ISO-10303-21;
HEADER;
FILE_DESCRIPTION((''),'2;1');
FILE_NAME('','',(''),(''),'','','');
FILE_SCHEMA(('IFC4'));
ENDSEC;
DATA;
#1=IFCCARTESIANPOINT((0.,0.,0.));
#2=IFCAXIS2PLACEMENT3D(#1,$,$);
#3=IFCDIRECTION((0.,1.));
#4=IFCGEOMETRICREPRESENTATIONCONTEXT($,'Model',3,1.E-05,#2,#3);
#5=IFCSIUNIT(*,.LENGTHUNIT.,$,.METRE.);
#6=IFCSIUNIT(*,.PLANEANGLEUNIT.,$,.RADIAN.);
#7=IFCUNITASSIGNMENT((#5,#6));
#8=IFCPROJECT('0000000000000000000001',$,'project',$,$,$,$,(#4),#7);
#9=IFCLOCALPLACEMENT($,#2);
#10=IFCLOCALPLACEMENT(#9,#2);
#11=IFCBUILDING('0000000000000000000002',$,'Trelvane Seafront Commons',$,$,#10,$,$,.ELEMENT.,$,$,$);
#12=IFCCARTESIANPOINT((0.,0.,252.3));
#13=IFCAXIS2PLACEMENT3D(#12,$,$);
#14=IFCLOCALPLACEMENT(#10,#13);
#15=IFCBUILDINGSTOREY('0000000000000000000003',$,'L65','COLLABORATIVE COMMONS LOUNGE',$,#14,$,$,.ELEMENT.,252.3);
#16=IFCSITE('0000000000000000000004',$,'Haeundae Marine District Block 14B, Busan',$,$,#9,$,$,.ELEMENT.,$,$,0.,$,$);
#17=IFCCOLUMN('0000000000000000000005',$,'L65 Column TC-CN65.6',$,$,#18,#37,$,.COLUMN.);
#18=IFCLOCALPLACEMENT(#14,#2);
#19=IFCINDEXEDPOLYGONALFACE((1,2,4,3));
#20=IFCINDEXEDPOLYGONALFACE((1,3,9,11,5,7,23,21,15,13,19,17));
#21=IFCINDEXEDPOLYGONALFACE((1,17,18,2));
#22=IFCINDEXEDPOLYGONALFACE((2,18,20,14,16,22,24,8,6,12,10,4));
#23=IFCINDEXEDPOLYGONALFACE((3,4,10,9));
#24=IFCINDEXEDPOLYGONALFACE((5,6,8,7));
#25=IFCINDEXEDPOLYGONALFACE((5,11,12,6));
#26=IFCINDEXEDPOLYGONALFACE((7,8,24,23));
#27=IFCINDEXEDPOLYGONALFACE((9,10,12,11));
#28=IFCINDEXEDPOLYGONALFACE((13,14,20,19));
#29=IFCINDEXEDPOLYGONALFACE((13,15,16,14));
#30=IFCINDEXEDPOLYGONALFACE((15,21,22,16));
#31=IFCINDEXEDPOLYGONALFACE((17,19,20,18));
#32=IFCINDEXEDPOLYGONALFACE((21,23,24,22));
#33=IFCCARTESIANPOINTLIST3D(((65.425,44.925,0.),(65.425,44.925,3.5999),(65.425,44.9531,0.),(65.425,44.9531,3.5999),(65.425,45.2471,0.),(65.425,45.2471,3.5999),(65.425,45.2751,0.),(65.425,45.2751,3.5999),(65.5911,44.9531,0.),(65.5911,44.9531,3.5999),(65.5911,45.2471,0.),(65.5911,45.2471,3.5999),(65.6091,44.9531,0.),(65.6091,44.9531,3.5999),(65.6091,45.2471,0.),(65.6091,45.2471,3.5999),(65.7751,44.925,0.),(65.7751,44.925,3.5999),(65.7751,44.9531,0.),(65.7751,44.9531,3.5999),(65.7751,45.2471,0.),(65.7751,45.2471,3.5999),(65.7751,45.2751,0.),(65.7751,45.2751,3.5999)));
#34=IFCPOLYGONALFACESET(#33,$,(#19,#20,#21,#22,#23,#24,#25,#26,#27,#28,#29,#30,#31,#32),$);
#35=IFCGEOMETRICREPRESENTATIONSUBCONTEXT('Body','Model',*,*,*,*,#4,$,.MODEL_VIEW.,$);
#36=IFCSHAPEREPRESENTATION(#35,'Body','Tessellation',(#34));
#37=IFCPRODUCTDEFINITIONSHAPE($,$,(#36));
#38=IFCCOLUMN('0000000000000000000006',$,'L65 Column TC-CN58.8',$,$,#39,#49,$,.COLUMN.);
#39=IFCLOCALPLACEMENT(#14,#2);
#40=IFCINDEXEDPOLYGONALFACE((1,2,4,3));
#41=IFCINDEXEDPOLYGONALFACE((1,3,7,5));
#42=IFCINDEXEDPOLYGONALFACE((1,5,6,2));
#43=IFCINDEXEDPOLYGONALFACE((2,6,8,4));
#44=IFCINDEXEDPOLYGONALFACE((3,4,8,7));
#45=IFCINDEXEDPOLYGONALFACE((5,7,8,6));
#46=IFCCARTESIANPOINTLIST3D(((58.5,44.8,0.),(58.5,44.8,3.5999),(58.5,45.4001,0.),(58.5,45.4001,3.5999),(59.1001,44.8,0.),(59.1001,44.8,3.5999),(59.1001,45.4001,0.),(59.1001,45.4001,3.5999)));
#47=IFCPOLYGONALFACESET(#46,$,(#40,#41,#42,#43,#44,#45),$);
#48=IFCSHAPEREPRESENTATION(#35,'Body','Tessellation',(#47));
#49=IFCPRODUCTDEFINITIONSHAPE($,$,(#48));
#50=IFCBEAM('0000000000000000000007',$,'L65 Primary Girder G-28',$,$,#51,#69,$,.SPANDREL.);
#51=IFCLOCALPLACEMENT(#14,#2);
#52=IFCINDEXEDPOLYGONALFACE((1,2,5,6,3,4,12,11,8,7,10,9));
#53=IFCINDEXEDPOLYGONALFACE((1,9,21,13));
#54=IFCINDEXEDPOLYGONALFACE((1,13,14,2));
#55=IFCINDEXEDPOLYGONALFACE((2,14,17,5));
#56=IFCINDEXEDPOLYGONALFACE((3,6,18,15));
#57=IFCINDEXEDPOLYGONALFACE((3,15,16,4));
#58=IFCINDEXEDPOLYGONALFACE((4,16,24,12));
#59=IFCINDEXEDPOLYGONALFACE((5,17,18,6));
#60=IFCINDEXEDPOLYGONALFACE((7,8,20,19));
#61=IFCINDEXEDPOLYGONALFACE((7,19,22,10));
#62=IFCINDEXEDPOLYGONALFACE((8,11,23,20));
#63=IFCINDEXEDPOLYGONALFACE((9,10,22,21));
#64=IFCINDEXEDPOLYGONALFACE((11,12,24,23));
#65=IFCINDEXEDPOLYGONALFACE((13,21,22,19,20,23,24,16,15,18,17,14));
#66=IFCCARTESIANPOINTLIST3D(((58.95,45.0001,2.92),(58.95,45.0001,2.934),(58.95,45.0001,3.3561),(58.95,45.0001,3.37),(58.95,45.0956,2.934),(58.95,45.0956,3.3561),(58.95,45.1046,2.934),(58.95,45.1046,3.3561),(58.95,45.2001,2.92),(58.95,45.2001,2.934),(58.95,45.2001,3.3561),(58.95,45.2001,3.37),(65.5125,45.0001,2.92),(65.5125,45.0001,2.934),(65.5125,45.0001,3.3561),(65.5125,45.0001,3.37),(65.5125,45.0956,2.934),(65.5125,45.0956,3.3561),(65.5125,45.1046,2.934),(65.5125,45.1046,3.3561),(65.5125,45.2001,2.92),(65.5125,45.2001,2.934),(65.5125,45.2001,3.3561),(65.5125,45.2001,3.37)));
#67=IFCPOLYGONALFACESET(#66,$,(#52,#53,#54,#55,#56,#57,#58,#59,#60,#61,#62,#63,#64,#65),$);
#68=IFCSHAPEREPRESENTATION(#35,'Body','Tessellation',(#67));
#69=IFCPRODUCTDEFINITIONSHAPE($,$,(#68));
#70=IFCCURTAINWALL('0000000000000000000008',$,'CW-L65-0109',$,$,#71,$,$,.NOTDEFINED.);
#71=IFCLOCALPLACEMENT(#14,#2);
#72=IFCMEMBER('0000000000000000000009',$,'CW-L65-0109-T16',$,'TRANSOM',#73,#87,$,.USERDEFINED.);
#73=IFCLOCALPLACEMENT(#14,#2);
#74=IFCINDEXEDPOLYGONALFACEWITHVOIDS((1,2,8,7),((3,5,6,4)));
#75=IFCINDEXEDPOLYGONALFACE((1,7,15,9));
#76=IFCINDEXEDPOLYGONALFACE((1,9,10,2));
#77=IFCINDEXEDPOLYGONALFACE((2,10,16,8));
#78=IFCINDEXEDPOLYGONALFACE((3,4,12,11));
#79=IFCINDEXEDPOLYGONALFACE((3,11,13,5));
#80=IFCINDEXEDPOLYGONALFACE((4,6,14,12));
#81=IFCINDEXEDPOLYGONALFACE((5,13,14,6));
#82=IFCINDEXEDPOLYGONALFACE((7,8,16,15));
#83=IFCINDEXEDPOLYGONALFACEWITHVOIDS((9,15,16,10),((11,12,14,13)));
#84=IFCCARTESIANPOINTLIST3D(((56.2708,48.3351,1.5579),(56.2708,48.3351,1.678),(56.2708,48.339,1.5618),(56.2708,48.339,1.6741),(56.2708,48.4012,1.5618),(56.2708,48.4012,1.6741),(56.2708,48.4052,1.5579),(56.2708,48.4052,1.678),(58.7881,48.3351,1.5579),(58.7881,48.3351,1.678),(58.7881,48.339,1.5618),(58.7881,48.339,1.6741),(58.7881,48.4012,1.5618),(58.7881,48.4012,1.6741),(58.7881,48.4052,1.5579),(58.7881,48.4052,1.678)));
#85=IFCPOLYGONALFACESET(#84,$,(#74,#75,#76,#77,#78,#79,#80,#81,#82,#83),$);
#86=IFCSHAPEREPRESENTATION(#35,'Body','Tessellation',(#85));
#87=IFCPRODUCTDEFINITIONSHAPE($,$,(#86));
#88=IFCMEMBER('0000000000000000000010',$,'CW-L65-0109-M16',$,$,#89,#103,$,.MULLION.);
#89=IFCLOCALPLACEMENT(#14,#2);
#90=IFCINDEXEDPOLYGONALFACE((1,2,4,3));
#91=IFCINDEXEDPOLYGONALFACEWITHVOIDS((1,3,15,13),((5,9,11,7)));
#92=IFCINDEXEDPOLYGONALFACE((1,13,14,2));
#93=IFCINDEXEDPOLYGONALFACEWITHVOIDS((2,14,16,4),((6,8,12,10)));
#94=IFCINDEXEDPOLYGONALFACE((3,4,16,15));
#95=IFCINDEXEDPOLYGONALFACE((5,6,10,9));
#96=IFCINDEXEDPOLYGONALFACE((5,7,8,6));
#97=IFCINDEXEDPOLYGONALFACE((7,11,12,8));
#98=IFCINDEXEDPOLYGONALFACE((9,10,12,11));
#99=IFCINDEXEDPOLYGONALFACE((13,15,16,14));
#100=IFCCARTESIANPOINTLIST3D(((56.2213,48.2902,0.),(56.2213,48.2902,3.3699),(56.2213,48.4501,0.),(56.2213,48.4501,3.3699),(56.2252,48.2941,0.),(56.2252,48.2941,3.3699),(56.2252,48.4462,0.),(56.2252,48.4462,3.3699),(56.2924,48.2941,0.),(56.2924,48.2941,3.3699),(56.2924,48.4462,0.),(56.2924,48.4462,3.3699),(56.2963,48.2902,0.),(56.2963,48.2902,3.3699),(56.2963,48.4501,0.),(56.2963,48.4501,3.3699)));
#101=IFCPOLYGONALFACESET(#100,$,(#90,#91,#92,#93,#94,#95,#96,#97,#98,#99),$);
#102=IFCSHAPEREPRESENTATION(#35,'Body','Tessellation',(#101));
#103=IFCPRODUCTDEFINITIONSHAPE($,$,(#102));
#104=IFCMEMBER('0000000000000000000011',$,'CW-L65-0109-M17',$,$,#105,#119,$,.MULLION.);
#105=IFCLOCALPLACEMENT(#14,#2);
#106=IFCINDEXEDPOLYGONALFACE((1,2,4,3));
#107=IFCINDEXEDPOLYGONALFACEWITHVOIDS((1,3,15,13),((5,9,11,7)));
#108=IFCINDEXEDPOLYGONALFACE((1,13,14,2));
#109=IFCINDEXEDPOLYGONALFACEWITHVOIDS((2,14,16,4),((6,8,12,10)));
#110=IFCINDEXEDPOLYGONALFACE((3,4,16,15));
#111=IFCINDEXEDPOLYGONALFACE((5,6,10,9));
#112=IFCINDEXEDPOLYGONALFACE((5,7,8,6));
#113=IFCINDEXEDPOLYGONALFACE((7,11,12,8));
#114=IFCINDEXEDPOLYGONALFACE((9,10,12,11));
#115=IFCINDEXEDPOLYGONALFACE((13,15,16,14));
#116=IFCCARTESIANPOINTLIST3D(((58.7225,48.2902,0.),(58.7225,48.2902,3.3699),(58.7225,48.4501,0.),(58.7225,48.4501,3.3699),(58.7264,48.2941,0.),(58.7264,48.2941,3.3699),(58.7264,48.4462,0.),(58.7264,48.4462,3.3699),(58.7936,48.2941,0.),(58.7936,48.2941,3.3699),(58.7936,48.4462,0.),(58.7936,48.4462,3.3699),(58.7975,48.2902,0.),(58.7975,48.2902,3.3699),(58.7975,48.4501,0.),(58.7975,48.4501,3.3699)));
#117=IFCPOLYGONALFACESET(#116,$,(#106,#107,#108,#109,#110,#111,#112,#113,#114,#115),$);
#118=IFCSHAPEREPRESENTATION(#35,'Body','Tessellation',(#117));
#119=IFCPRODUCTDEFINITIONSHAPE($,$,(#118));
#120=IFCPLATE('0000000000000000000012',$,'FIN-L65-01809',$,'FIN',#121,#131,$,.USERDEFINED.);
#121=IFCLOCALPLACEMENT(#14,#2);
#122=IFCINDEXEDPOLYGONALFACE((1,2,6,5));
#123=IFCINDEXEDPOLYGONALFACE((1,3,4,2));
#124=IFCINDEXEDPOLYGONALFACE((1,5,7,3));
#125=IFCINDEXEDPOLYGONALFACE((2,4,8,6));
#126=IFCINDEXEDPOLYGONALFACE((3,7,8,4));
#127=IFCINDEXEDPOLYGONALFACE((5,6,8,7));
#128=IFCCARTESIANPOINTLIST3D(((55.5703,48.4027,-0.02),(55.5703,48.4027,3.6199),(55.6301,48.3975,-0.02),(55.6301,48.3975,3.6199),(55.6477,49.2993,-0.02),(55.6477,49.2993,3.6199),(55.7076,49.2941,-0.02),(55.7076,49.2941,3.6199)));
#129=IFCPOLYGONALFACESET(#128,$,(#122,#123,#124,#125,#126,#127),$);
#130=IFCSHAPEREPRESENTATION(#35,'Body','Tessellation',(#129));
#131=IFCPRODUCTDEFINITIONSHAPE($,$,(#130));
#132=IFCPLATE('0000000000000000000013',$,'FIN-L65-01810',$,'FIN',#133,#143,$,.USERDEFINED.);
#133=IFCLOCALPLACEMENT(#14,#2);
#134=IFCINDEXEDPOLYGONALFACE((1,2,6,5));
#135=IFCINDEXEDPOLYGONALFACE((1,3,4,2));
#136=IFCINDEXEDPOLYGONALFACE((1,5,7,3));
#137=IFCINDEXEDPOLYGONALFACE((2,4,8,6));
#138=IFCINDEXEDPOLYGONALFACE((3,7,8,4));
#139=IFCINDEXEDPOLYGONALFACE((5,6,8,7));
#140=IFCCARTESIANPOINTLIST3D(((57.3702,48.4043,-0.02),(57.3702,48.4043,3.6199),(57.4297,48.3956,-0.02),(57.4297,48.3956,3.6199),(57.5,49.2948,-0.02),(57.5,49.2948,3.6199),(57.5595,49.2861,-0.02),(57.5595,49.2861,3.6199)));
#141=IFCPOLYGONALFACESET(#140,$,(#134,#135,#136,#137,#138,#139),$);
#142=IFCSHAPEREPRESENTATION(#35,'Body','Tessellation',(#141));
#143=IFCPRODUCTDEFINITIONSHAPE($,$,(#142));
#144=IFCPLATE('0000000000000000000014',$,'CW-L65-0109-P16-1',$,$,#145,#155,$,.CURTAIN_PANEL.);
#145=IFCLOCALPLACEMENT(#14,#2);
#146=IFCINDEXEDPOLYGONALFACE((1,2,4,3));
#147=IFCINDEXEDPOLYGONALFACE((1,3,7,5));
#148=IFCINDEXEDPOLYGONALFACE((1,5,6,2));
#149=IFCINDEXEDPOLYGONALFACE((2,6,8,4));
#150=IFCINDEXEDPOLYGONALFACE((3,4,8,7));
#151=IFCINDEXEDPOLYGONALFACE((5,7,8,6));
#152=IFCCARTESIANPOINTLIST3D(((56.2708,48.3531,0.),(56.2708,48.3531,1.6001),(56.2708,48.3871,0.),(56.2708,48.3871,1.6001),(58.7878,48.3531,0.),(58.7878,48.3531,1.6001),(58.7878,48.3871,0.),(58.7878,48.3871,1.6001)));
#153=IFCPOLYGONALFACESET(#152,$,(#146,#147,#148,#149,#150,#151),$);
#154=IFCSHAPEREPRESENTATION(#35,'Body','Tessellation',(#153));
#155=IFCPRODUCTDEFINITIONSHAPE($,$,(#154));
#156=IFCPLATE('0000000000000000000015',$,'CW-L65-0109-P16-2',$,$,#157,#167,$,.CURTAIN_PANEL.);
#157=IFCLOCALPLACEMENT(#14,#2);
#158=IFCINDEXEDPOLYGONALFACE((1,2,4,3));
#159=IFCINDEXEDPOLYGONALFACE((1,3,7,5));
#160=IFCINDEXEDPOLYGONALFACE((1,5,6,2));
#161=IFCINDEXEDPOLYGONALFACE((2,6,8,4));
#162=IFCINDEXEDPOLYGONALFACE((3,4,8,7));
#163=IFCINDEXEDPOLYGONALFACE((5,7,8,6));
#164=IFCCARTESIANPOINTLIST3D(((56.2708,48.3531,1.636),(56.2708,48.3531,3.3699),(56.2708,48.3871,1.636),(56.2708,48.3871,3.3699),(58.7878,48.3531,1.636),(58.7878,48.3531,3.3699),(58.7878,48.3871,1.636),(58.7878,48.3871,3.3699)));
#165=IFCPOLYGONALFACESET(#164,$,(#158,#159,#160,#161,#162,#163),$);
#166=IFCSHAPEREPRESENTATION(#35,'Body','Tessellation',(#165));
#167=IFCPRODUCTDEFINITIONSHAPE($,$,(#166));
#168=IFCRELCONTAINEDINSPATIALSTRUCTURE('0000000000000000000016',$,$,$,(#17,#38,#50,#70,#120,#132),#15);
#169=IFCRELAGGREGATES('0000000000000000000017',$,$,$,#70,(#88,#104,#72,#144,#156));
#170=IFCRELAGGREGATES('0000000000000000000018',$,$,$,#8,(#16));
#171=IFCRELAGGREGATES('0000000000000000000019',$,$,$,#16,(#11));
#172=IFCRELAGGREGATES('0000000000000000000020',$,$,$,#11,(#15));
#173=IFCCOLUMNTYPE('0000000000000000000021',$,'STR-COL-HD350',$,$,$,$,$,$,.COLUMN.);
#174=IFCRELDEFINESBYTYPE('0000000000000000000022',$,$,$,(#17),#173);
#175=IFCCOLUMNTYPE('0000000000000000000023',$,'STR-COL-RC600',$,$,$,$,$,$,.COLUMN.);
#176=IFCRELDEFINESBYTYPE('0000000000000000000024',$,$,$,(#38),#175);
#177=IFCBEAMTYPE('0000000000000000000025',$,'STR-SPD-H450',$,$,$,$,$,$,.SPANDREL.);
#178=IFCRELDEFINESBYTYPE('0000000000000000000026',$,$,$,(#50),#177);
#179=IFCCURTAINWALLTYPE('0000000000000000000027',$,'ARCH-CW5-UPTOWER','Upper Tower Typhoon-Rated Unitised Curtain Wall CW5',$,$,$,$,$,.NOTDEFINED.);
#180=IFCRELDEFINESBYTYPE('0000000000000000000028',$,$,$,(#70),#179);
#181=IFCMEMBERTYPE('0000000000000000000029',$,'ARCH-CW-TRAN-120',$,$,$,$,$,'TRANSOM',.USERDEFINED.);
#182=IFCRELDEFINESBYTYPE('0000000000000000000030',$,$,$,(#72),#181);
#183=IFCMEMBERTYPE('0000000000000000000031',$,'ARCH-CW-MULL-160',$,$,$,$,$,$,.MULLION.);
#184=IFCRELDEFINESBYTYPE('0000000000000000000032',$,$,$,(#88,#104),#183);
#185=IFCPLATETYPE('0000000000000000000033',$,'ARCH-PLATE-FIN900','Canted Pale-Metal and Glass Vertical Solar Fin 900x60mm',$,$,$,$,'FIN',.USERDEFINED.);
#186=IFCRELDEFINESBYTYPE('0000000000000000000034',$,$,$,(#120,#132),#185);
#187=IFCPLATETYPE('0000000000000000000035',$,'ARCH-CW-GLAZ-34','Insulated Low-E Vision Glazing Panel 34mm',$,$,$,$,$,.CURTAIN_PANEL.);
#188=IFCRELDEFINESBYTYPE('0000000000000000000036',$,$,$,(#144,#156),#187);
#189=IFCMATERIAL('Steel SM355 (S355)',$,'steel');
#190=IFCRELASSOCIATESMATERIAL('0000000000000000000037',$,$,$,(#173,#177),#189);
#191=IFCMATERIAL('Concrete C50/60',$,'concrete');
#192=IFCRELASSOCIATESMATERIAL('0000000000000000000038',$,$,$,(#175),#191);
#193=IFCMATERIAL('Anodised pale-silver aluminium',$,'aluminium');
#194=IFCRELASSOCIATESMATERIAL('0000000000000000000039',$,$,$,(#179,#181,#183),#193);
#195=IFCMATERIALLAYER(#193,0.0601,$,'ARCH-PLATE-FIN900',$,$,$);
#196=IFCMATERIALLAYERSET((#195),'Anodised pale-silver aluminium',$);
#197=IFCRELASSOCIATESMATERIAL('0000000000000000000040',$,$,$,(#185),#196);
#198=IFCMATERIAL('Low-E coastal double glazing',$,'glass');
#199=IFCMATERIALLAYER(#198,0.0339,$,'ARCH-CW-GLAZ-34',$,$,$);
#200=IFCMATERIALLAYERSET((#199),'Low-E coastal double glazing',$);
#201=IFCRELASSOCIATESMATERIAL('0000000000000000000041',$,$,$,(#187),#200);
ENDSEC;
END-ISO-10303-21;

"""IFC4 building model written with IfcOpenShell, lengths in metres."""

from ifc_helpers import new_model, si_unit, direction, frame, origin, origin_2d, place, context, subcontext, project, spatial, rectangle, hollow_rectangle, i_section, extrude, source, transform, mapped, material, layer, layer_set, material_profile, profile_set, type_object, element, aggregate, save


model = new_model("IFC4")

# Units and contexts
model_context = context("Model", 3, precision=1e-05, world=origin(), true_north=direction((0.0, 1.0)))
body_context = subcontext(model_context, "Body", "Model", "MODEL_VIEW")
ifc_project = project(units=[si_unit("LENGTHUNIT", "METRE"), si_unit("PLANEANGLEUNIT", "RADIAN")], contexts=[model_context])

# Site, building, storey
site_placement = place(None, origin())
site = spatial("IfcSite", under=ifc_project, at=site_placement, Name="Haeundae Marine District Block 14B, Busan", CompositionType="ELEMENT", RefElevation=0.0)
building_placement = place(site_placement, origin())
building = spatial("IfcBuilding", under=site, at=building_placement, Name="Trelvane Seafront Commons", CompositionType="ELEMENT")
storey_placement = place(building_placement, frame((0.0, 0.0, 252.3)))
storey = spatial("IfcBuildingStorey", under=building, at=storey_placement, Name="L65", Description="COLLABORATIVE COMMONS LOUNGE", CompositionType="ELEMENT", Elevation=252.3)

# Columns
ifc_material_1 = material(Name="Steel SM355 (S355)", Category="steel")
ifc_material_profile_1 = material_profile(ifc_material_1, i_section(OverallWidth=0.3501, OverallDepth=0.3501, WebThickness=0.0181, FlangeThickness=0.0281, at=origin_2d()), Name="HD-350x350x18x28")
ifc_profile_set_1 = profile_set([ifc_material_profile_1], Name="Steel SM355 (S355)")
column_type_1 = type_object("IfcColumnType", Name="STR-COL-HD350", PredefinedType="COLUMN", material=ifc_profile_set_1)
shared_shape_1 = source(origin(), body_context, "Body", "SweptSolid", [
    extrude(i_section(OverallWidth=0.3501, OverallDepth=0.3501, WebThickness=0.0181, FlangeThickness=0.0281, at=origin_2d()), origin(), (0.0, 0.0, 1.0), 3.5999),
])
column_1_placement = place(storey_placement, frame((65.6001, 45.1001, 0.0), z_axis=(0.0, 0.0, 1.0), x_axis=(1.0, 0.0, 0.0)))
element("IfcColumn", 1, at=column_1_placement, inside=storey, type_object=column_type_1, Name="L65 Column TC-CN65.6", PredefinedType="COLUMN", context=body_context, shape_type="MappedRepresentation", body=[
    mapped(shared_shape_1, transform((0.0, 0.0, 0.0), x_axis=(1.0, 0.0, 0.0), y_axis=(0.0, 1.0, 0.0), z_axis=(0.0, 0.0, 1.0), scale=1.0)),
])
ifc_material_2 = material(Name="Concrete C50/60", Category="concrete")
ifc_material_profile_2 = material_profile(ifc_material_2, rectangle(XDim=0.6001, YDim=0.6001, at=origin_2d()), Name="RC-600x600")
ifc_profile_set_2 = profile_set([ifc_material_profile_2], Name="Concrete C50/60")
column_type_2 = type_object("IfcColumnType", Name="STR-COL-RC600", PredefinedType="COLUMN", material=ifc_profile_set_2)
shared_shape_2 = source(origin(), body_context, "Body", "SweptSolid", [
    extrude(rectangle(XDim=0.6001, YDim=0.6001, at=origin_2d()), origin(), (0.0, 0.0, 1.0), 3.5999),
])
column_2_placement = place(storey_placement, frame((58.8, 45.1001, 0.0), z_axis=(0.0, 0.0, 1.0), x_axis=(1.0, 0.0, 0.0)))
element("IfcColumn", 2, at=column_2_placement, inside=storey, type_object=column_type_2, Name="L65 Column TC-CN58.8", PredefinedType="COLUMN", context=body_context, shape_type="MappedRepresentation", body=[
    mapped(shared_shape_2, transform((0.0, 0.0, 0.0), x_axis=(1.0, 0.0, 0.0), y_axis=(0.0, 1.0, 0.0), z_axis=(0.0, 0.0, 1.0), scale=1.0)),
])

# Beam
ifc_material_profile_3 = material_profile(ifc_material_1, i_section(OverallWidth=0.2, OverallDepth=0.45, WebThickness=0.009, FlangeThickness=0.0139, at=origin_2d()), Name="H-450x200x9x14")
ifc_profile_set_3 = profile_set([ifc_material_profile_3], Name="Steel SM355 (S355)")
beam_type = type_object("IfcBeamType", Name="STR-SPD-H450", PredefinedType="SPANDREL", material=ifc_profile_set_3)
shared_shape_3 = source(origin(), body_context, "Body", "SweptSolid", [
    extrude(i_section(OverallWidth=0.2, OverallDepth=0.45, WebThickness=0.009, FlangeThickness=0.0139, at=origin_2d()), origin(), (0.0, 0.0, 1.0), 6.5625),
])
beam_placement = place(storey_placement, frame((58.95, 45.1001, 3.145), z_axis=(1.0, 0.0, 0.0), x_axis=(0.0, 1.0, 0.0)))
element("IfcBeam", 3, at=beam_placement, inside=storey, type_object=beam_type, Name="L65 Primary Girder G-28", PredefinedType="SPANDREL", context=body_context, shape_type="MappedRepresentation", body=[
    mapped(shared_shape_3, transform((0.0, 0.0, 0.0), x_axis=(1.0, 0.0, 0.0), y_axis=(0.0, 1.0, 0.0), z_axis=(0.0, 0.0, 1.0), scale=1.0)),
])

# Curtain wall, members
ifc_material_3 = material(Name="Anodised pale-silver aluminium", Category="aluminium")
curtain_wall_type = type_object("IfcCurtainWallType", Name="ARCH-CW5-UPTOWER", Description="Upper Tower Typhoon-Rated Unitised Curtain Wall CW5", PredefinedType="NOTDEFINED", material=ifc_material_3)
curtain_wall_placement = place(storey_placement, origin())
curtain_wall = element("IfcCurtainWall", 4, at=curtain_wall_placement, inside=storey, type_object=curtain_wall_type, Name="CW-L65-0109", PredefinedType="NOTDEFINED")
ifc_material_profile_4 = material_profile(ifc_material_3, hollow_rectangle(XDim=0.0701, YDim=0.1201, WallThickness=0.0039, at=origin_2d()), Name="TRAN-70x120x4")
ifc_profile_set_4 = profile_set([ifc_material_profile_4], Name="Anodised pale-silver aluminium")
member_type_1 = type_object("IfcMemberType", Name="ARCH-CW-TRAN-120", ElementType="TRANSOM", PredefinedType="USERDEFINED", material=ifc_profile_set_4)
shared_shape_4 = source(origin(), body_context, "Body", "SweptSolid", [
    extrude(hollow_rectangle(XDim=0.0701, YDim=0.1201, WallThickness=0.0039, at=origin_2d()), origin(), (0.0, 0.0, 1.0), 2.5173),
])
member_1_placement = place(storey_placement, frame((56.2708, 48.3701, 1.6179), z_axis=(1.0, 0.0, 0.0), x_axis=(0.0, 1.0, 0.0)))
member_1 = element("IfcMember", 5, at=member_1_placement, type_object=member_type_1, Name="CW-L65-0109-T16", ObjectType="TRANSOM", PredefinedType="USERDEFINED", context=body_context, shape_type="MappedRepresentation", body=[
    mapped(shared_shape_4, transform((0.0, 0.0, 0.0), x_axis=(1.0, 0.0, 0.0), y_axis=(0.0, 1.0, 0.0), z_axis=(0.0, 0.0, 1.0), scale=1.0)),
])
ifc_material_profile_5 = material_profile(ifc_material_3, hollow_rectangle(XDim=0.075, YDim=0.1599, WallThickness=0.0039, at=origin_2d()), Name="MULL-75x160x4")
ifc_profile_set_5 = profile_set([ifc_material_profile_5], Name="Anodised pale-silver aluminium")
member_type_2 = type_object("IfcMemberType", Name="ARCH-CW-MULL-160", PredefinedType="MULLION", material=ifc_profile_set_5)
shared_shape_5 = source(origin(), body_context, "Body", "SweptSolid", [
    extrude(hollow_rectangle(XDim=0.075, YDim=0.1599, WallThickness=0.0039, at=origin_2d()), origin(), (0.0, 0.0, 1.0), 3.3699),
])
member_2_placement = place(storey_placement, frame((56.2588, 48.3701, 0.0), z_axis=(0.0, 0.0, 1.0), x_axis=(1.0, 0.0, 0.0)))
member_2 = element("IfcMember", 6, at=member_2_placement, type_object=member_type_2, Name="CW-L65-0109-M16", PredefinedType="MULLION", context=body_context, shape_type="MappedRepresentation", body=[
    mapped(shared_shape_5, transform((0.0, 0.0, 0.0), x_axis=(1.0, 0.0, 0.0), y_axis=(0.0, 1.0, 0.0), z_axis=(0.0, 0.0, 1.0), scale=1.0)),
])
member_3_placement = place(storey_placement, frame((58.76, 48.3701, 0.0), z_axis=(0.0, 0.0, 1.0), x_axis=(1.0, 0.0, 0.0)))
member_3 = element("IfcMember", 7, at=member_3_placement, type_object=member_type_2, Name="CW-L65-0109-M17", PredefinedType="MULLION", context=body_context, shape_type="MappedRepresentation", body=[
    mapped(shared_shape_5, transform((0.0, 0.0, 0.0), x_axis=(1.0, 0.0, 0.0), y_axis=(0.0, 1.0, 0.0), z_axis=(0.0, 0.0, 1.0), scale=1.0)),
])

# Plates
ifc_layer_1 = layer(ifc_material_3, 0.0601, Name="ARCH-PLATE-FIN900")
ifc_layer_set_1 = layer_set([ifc_layer_1], Name="Anodised pale-silver aluminium")
plate_type_1 = type_object("IfcPlateType", Name="ARCH-PLATE-FIN900", Description="Canted Pale-Metal and Glass Vertical Solar Fin 900x60mm", ElementType="FIN", PredefinedType="USERDEFINED", material=ifc_layer_set_1)
shared_shape_6 = source(origin(), body_context, "Body", "SweptSolid", [
    extrude(rectangle(XDim=0.8999, YDim=0.0601, at=origin_2d()), origin(), (0.0, 0.0, 1.0), 3.6399),
])
for number, where, z_axis, x_axis, name in (
    (8, (55.6389, 48.8484, -0.02), (0.0, 0.0, 1.0), (0.086107, 0.996286, 0.0), "FIN-L65-01809"),
    (9, (57.4648, 48.8452, -0.02), (0.0, 0.0, 1.0), (0.144221, 0.989545, 0.0), "FIN-L65-01810"),
):
    element("IfcPlate", number, at=place(storey_placement, frame(where, z_axis=z_axis, x_axis=x_axis)), inside=storey, type_object=plate_type_1, Name=name, ObjectType="FIN", PredefinedType="USERDEFINED", context=body_context, shape_type="MappedRepresentation", body=[
        mapped(shared_shape_6, transform((0.0, 0.0, 0.0), x_axis=(1.0, 0.0, 0.0), y_axis=(0.0, 1.0, 0.0), z_axis=(0.0, 0.0, 1.0), scale=1.0)),
    ])

# Plates
ifc_material_4 = material(Name="Low-E coastal double glazing", Category="glass")
ifc_layer_2 = layer(ifc_material_4, 0.0339, Name="ARCH-CW-GLAZ-34")
ifc_layer_set_2 = layer_set([ifc_layer_2], Name="Low-E coastal double glazing")
plate_type_2 = type_object("IfcPlateType", Name="ARCH-CW-GLAZ-34", Description="Insulated Low-E Vision Glazing Panel 34mm", PredefinedType="CURTAIN_PANEL", material=ifc_layer_set_2)
shared_shape_7 = source(origin(), body_context, "Body", "SweptSolid", [
    extrude(rectangle(XDim=2.5171, YDim=0.0339, at=origin_2d()), origin(), (0.0, 0.0, 1.0), 1.6001),
])
plate_1_placement = place(storey_placement, frame((57.5293, 48.3701, 0.0), z_axis=(0.0, 0.0, 1.0), x_axis=(1.0, 0.0, 0.0)))
plate_1 = element("IfcPlate", 10, at=plate_1_placement, type_object=plate_type_2, Name="CW-L65-0109-P16-1", PredefinedType="CURTAIN_PANEL", context=body_context, shape_type="MappedRepresentation", body=[
    mapped(shared_shape_7, transform((0.0, 0.0, 0.0), x_axis=(1.0, 0.0, 0.0), y_axis=(0.0, 1.0, 0.0), z_axis=(0.0, 0.0, 1.0), scale=1.0)),
])
shared_shape_8 = source(origin(), body_context, "Body", "SweptSolid", [
    extrude(rectangle(XDim=2.5171, YDim=0.0339, at=origin_2d()), origin(), (0.0, 0.0, 1.0), 1.7339),
])
plate_2_placement = place(storey_placement, frame((57.5293, 48.3701, 1.636), z_axis=(0.0, 0.0, 1.0), x_axis=(1.0, 0.0, 0.0)))
plate_2 = element("IfcPlate", 11, at=plate_2_placement, type_object=plate_type_2, Name="CW-L65-0109-P16-2", PredefinedType="CURTAIN_PANEL", context=body_context, shape_type="MappedRepresentation", body=[
    mapped(shared_shape_8, transform((0.0, 0.0, 0.0), x_axis=(1.0, 0.0, 0.0), y_axis=(0.0, 1.0, 0.0), z_axis=(0.0, 0.0, 1.0), scale=1.0)),
])
aggregate(curtain_wall, [member_2, member_3, member_1, plate_1, plate_2])

save(model, "model.ifc")
